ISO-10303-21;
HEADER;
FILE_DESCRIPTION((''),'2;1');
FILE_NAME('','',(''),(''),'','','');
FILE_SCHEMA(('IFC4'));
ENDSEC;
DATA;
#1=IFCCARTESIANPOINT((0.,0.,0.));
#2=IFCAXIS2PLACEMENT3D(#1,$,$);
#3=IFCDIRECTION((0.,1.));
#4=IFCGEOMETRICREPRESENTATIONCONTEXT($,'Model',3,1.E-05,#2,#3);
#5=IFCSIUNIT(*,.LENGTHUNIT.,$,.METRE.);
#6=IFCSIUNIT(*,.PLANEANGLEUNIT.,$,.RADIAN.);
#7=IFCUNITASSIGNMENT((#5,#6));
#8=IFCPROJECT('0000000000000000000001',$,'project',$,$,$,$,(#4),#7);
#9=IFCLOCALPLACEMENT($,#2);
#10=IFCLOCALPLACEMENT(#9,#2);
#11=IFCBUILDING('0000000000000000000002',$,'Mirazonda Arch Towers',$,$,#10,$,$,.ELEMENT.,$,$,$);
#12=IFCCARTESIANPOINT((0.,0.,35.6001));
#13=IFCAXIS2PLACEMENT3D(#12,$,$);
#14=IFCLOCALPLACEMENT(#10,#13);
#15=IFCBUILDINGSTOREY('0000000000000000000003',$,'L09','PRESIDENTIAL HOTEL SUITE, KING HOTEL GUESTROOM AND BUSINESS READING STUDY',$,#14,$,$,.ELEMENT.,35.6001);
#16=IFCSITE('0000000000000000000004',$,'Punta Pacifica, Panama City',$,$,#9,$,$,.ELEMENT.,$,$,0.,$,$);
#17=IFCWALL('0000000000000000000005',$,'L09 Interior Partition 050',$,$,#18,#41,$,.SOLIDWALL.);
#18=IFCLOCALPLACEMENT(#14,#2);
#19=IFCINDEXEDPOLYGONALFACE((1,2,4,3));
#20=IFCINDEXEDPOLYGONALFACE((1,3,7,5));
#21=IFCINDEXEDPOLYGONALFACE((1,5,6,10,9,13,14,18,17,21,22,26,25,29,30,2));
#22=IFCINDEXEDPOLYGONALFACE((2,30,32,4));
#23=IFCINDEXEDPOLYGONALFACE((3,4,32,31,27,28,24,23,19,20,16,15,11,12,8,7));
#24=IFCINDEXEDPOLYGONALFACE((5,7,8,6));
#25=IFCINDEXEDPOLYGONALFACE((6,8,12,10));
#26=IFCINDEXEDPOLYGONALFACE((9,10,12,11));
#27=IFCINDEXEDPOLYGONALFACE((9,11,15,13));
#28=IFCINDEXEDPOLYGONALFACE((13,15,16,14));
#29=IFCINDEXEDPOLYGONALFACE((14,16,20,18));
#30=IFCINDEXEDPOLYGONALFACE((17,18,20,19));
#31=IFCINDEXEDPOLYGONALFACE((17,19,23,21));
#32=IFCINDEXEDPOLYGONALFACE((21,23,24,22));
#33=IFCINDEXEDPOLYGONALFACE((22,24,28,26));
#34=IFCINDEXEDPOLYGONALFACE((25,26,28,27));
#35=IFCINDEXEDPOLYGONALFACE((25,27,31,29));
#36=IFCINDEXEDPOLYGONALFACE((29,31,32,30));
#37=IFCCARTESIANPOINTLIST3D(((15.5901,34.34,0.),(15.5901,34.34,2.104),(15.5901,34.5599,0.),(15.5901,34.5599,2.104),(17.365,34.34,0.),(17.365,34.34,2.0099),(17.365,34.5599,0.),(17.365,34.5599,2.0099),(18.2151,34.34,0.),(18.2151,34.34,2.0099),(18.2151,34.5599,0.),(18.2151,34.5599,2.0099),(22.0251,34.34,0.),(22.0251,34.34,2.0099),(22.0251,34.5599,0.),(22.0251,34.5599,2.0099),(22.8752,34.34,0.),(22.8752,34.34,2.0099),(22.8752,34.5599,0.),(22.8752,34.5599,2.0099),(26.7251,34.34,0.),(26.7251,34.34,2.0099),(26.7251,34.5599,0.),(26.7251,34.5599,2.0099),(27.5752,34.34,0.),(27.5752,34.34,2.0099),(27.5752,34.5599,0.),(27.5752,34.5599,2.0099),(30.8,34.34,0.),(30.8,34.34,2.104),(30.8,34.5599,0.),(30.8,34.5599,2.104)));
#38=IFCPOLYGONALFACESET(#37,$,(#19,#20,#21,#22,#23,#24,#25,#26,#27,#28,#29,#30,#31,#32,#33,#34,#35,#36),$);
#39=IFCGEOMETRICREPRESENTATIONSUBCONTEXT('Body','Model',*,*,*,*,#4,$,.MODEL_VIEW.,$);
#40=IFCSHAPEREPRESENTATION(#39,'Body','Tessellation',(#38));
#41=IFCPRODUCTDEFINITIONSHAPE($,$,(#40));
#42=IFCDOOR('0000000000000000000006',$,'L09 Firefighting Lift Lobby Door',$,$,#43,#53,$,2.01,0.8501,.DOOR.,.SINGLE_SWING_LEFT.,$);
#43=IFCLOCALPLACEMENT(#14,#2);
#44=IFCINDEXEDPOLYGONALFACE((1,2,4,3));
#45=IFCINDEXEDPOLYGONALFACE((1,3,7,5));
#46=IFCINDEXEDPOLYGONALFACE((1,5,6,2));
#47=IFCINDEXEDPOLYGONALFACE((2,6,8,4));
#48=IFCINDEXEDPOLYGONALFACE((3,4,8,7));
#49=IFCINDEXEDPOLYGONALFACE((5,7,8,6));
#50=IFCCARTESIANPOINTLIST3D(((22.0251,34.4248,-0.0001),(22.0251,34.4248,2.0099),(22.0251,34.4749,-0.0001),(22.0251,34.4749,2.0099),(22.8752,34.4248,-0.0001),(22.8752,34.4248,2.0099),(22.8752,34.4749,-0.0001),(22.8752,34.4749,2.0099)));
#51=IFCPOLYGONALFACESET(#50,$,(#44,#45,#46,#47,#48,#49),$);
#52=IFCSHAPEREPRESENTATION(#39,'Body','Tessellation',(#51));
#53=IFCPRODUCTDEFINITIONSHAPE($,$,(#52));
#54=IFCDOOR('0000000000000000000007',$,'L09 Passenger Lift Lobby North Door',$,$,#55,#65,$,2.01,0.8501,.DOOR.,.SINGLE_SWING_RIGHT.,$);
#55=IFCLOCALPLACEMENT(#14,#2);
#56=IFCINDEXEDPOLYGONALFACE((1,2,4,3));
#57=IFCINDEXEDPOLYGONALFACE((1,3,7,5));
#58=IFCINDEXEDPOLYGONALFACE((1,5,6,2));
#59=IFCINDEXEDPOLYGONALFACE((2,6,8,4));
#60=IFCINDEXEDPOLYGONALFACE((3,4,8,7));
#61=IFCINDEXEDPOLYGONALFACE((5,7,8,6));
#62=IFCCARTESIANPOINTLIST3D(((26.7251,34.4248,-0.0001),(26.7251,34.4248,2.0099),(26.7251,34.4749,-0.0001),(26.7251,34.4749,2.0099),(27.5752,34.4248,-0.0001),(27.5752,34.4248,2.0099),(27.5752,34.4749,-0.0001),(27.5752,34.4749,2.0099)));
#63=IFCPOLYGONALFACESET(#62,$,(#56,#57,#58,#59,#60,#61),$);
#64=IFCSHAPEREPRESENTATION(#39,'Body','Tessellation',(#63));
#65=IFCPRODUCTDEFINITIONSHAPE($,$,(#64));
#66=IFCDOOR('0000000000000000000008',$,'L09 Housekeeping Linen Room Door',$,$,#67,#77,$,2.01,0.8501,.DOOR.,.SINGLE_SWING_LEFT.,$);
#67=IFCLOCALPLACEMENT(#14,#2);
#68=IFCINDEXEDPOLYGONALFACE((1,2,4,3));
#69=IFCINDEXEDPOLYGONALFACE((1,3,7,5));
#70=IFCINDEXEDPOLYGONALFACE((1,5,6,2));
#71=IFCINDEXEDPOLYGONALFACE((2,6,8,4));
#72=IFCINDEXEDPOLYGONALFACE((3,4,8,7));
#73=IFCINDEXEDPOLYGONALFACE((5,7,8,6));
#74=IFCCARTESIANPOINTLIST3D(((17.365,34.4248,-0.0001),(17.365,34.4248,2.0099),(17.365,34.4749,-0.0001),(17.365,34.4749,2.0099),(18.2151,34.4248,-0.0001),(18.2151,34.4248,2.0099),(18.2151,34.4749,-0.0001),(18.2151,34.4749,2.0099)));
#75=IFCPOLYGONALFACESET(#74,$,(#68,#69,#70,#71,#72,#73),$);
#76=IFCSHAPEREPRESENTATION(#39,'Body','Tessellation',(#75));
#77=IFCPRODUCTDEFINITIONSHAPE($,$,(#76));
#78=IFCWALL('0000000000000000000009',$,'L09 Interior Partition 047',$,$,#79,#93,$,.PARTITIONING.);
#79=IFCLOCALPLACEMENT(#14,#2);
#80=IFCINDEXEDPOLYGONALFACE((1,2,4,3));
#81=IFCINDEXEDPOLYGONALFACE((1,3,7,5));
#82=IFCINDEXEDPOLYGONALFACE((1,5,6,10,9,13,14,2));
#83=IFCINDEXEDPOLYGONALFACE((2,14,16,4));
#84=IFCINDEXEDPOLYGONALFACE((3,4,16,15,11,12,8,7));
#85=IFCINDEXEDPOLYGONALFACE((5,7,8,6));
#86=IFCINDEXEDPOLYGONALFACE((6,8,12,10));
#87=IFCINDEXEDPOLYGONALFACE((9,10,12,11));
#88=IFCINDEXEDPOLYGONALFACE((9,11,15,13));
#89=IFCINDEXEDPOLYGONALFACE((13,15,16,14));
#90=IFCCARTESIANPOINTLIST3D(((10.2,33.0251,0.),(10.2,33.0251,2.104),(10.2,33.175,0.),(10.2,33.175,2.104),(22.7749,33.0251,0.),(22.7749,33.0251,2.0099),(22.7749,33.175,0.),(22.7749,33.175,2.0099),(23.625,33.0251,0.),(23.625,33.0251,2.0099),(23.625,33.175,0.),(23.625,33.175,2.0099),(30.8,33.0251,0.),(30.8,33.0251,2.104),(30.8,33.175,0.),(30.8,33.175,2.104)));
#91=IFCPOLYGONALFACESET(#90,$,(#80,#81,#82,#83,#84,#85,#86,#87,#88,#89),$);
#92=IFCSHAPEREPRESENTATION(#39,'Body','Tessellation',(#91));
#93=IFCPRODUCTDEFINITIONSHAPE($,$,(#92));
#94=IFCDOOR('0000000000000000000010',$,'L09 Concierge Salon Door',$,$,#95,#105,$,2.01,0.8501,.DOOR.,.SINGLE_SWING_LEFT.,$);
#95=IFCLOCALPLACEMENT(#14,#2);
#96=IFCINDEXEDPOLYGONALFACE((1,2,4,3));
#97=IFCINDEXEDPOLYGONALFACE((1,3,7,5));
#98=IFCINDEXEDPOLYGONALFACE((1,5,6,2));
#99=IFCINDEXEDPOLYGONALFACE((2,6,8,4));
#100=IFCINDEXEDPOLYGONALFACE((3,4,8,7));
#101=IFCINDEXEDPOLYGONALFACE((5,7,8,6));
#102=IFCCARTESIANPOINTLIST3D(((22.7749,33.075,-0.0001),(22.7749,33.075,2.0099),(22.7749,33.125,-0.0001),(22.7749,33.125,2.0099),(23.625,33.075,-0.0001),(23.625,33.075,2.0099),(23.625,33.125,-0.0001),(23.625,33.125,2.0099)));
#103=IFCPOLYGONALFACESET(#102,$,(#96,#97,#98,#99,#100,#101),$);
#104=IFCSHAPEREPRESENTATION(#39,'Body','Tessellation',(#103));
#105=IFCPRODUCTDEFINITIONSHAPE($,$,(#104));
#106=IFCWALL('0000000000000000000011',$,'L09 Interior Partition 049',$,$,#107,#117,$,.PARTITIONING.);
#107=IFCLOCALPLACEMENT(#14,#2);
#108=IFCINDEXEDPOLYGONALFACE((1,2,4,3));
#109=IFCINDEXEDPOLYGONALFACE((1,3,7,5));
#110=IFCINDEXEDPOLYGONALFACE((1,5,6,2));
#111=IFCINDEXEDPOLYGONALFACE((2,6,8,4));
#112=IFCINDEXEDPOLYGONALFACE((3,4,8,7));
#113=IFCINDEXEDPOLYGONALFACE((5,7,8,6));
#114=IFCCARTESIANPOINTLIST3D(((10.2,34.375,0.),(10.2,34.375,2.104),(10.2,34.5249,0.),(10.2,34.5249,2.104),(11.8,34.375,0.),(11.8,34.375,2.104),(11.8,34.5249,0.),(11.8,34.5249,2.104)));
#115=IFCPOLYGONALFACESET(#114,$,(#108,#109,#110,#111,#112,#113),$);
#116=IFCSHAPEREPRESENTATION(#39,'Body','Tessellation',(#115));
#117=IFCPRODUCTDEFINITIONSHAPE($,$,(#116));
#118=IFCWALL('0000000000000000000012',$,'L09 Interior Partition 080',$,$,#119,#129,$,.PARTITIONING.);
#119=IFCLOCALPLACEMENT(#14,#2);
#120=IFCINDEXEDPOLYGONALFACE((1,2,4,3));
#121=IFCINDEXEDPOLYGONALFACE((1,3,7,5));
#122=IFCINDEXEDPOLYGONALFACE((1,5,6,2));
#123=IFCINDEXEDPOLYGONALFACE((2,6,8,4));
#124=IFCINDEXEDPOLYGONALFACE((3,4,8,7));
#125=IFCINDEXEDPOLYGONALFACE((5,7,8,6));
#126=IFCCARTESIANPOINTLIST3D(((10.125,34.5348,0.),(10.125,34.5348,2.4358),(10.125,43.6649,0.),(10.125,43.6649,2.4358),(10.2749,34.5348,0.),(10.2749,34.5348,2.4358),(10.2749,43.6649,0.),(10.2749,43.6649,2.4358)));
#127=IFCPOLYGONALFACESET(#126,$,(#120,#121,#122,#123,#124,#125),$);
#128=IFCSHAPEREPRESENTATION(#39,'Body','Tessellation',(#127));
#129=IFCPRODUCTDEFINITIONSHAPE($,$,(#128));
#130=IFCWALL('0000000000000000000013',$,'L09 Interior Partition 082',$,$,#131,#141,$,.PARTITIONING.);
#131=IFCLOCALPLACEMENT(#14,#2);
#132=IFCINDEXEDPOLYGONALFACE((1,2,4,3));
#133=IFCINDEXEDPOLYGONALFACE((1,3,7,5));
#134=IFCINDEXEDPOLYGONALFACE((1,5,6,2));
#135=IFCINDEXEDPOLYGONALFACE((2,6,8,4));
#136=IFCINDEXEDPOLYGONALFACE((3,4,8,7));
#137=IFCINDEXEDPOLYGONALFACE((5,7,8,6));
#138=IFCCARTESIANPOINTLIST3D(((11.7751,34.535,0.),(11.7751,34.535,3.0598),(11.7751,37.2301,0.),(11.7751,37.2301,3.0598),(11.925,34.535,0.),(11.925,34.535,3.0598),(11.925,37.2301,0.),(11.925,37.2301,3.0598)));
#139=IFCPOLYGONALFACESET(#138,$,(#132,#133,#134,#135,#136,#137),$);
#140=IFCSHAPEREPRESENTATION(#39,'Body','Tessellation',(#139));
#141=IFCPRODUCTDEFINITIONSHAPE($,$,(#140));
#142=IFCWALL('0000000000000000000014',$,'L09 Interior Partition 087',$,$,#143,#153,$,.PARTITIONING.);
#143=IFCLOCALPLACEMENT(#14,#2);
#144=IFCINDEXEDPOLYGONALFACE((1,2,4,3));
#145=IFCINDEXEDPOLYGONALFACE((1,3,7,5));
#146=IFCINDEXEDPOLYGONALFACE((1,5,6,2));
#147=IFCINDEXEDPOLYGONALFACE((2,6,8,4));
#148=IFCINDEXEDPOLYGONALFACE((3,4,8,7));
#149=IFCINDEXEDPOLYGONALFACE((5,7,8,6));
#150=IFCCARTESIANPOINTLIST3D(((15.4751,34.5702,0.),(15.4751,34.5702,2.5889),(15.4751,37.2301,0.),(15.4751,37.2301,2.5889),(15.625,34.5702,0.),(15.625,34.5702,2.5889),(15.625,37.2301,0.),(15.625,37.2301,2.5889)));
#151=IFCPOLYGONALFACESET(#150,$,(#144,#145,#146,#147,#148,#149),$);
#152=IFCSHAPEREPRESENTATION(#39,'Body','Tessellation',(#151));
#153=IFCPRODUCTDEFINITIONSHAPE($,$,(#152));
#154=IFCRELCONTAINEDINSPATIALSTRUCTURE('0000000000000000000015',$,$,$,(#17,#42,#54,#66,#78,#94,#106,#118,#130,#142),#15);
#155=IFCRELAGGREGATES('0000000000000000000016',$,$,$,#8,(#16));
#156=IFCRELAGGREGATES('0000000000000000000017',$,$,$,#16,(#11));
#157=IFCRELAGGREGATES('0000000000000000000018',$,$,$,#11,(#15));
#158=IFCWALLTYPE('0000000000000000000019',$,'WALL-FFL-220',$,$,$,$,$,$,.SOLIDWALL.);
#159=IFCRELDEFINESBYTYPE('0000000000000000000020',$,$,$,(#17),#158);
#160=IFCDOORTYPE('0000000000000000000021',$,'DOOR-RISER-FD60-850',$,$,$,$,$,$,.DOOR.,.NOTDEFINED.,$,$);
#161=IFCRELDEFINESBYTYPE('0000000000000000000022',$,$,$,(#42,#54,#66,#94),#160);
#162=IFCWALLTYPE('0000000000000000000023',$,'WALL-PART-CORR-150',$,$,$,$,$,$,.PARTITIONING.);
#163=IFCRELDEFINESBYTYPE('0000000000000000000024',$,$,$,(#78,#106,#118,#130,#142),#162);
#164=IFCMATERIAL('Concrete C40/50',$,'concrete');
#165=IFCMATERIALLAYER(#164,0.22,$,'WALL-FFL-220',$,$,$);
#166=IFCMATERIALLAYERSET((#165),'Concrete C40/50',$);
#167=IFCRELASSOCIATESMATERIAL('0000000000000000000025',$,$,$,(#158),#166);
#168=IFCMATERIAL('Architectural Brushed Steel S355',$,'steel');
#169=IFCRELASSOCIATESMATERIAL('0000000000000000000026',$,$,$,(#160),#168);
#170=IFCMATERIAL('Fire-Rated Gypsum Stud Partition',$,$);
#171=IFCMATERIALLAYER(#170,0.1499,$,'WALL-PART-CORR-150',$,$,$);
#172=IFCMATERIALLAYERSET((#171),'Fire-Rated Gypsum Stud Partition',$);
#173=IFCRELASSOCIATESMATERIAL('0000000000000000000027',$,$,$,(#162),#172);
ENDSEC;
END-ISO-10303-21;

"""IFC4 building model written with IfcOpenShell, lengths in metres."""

from ifc_helpers import new_model, si_unit, direction, frame, frame_2d, origin, place, context, subcontext, project, spatial, rectangle, extrude, material, layer, layer_set, type_object, element, fill, save


model = new_model("IFC4")

# Units and contexts
model_context = context("Model", 3, precision=1e-05, world=origin(), true_north=direction((0.0, 1.0)))
body_context = subcontext(model_context, "Body", "Model", "MODEL_VIEW")
ifc_project = project(units=[si_unit("LENGTHUNIT", "METRE"), si_unit("PLANEANGLEUNIT", "RADIAN")], contexts=[model_context])

# Site, building, storey
site_placement = place(None, origin())
site = spatial("IfcSite", under=ifc_project, at=site_placement, Name="Punta Pacifica, Panama City", CompositionType="ELEMENT", RefElevation=0.0)
building_placement = place(site_placement, origin())
building = spatial("IfcBuilding", under=site, at=building_placement, Name="Mirazonda Arch Towers", CompositionType="ELEMENT")
storey_placement = place(building_placement, frame((0.0, 0.0, 35.6001)))
storey = spatial("IfcBuildingStorey", under=building, at=storey_placement, Name="L09", Description="PRESIDENTIAL HOTEL SUITE, KING HOTEL GUESTROOM AND BUSINESS READING STUDY", CompositionType="ELEMENT", Elevation=35.6001)

# Wall, openings, doors
ifc_material_1 = material(Name="Architectural Brushed Steel S355", Category="steel")
ifc_material_2 = material(Name="Concrete C40/50", Category="concrete")
ifc_layer_1 = layer(ifc_material_2, 0.22, Name="WALL-FFL-220")
ifc_layer_set_1 = layer_set([ifc_layer_1], Name="Concrete C40/50")
wall_type_1 = type_object("IfcWallType", Name="WALL-FFL-220", PredefinedType="SOLIDWALL", material=ifc_layer_set_1)
wall_1_placement = place(storey_placement, frame((15.5901, 34.45, 0.0), z_axis=(0.0, 0.0, 1.0), x_axis=(1.0, 0.0, 0.0)))
wall_1 = element("IfcWall", 1, at=wall_1_placement, inside=storey, type_object=wall_type_1, Name="L09 Interior Partition 050", PredefinedType="SOLIDWALL", context=body_context, shape_type="SweptSolid", body=[
    extrude(rectangle(XDim=15.21, YDim=0.22, at=frame_2d((7.605, 0.0))), origin(), (0.0, 0.0, 1.0), 2.104),
])
opening_1_placement = place(wall_1_placement, frame((6.4351, 0.0, 0.0)))
opening_1 = element("IfcOpeningElement", 2, at=opening_1_placement, cuts=wall_1, PredefinedType="OPENING", context=body_context, shape_type="SweptSolid", body=[
    extrude(rectangle(XDim=0.8501, YDim=2.01, at=frame_2d((0.425, 1.0049))), frame((0.0, 0.1199, 0.0), z_axis=(0.0, -1.0, 0.0), x_axis=(1.0, 0.0, 0.0)), (0.0, 0.0, 1.0), 0.24),
])
opening_2_placement = place(wall_1_placement, frame((11.135, 0.0, 0.0)))
opening_2 = element("IfcOpeningElement", 3, at=opening_2_placement, cuts=wall_1, PredefinedType="OPENING", context=body_context, shape_type="SweptSolid", body=[
    extrude(rectangle(XDim=0.8501, YDim=2.01, at=frame_2d((0.425, 1.0049))), frame((0.0, 0.1199, 0.0), z_axis=(0.0, -1.0, 0.0), x_axis=(1.0, 0.0, 0.0)), (0.0, 0.0, 1.0), 0.24),
])
opening_3_placement = place(wall_1_placement, frame((1.7749, 0.0, 0.0)))
opening_3 = element("IfcOpeningElement", 4, at=opening_3_placement, cuts=wall_1, PredefinedType="OPENING", context=body_context, shape_type="SweptSolid", body=[
    extrude(rectangle(XDim=0.8501, YDim=2.01, at=frame_2d((0.425, 1.0049))), frame((0.0, 0.1199, 0.0), z_axis=(0.0, -1.0, 0.0), x_axis=(1.0, 0.0, 0.0)), (0.0, 0.0, 1.0), 0.24),
])
door_type_1 = type_object("IfcDoorType", Name="DOOR-RISER-FD60-850", OperationType="NOTDEFINED", PredefinedType="DOOR", material=ifc_material_1)
door_1_placement = place(opening_1_placement, origin())
door_1 = element("IfcDoor", 5, at=door_1_placement, inside=storey, type_object=door_type_1, Name="L09 Firefighting Lift Lobby Door", OperationType="SINGLE_SWING_LEFT", OverallHeight=2.01, OverallWidth=0.8501, PredefinedType="DOOR", context=body_context, shape_type="SweptSolid", body=[
    extrude(rectangle(XDim=0.8501, YDim=2.01, at=frame_2d((0.425, 1.0049))), frame((0.0, 0.0249, 0.0), z_axis=(0.0, -1.0, 0.0), x_axis=(1.0, 0.0, 0.0)), (0.0, 0.0, 1.0), 0.05),
])
fill(opening_1, door_1)
door_2_placement = place(opening_2_placement, origin())
door_2 = element("IfcDoor", 6, at=door_2_placement, inside=storey, type_object=door_type_1, Name="L09 Passenger Lift Lobby North Door", OperationType="SINGLE_SWING_RIGHT", OverallHeight=2.01, OverallWidth=0.8501, PredefinedType="DOOR", context=body_context, shape_type="SweptSolid", body=[
    extrude(rectangle(XDim=0.8501, YDim=2.01, at=frame_2d((0.425, 1.0049))), frame((0.0, 0.0249, 0.0), z_axis=(0.0, -1.0, 0.0), x_axis=(1.0, 0.0, 0.0)), (0.0, 0.0, 1.0), 0.05),
])
fill(opening_2, door_2)
door_3_placement = place(opening_3_placement, origin())
door_3 = element("IfcDoor", 7, at=door_3_placement, inside=storey, type_object=door_type_1, Name="L09 Housekeeping Linen Room Door", OperationType="SINGLE_SWING_LEFT", OverallHeight=2.01, OverallWidth=0.8501, PredefinedType="DOOR", context=body_context, shape_type="SweptSolid", body=[
    extrude(rectangle(XDim=0.8501, YDim=2.01, at=frame_2d((0.425, 1.0049))), frame((0.0, 0.0249, 0.0), z_axis=(0.0, -1.0, 0.0), x_axis=(1.0, 0.0, 0.0)), (0.0, 0.0, 1.0), 0.05),
])
fill(opening_3, door_3)

# Wall, opening, door
ifc_material_3 = material(Name="Fire-Rated Gypsum Stud Partition")
ifc_layer_2 = layer(ifc_material_3, 0.1499, Name="WALL-PART-CORR-150")
ifc_layer_set_2 = layer_set([ifc_layer_2], Name="Fire-Rated Gypsum Stud Partition")
wall_type_2 = type_object("IfcWallType", Name="WALL-PART-CORR-150", PredefinedType="PARTITIONING", material=ifc_layer_set_2)
wall_2_placement = place(storey_placement, frame((10.2, 33.1001, 0.0), z_axis=(0.0, 0.0, 1.0), x_axis=(1.0, 0.0, 0.0)))
wall_2 = element("IfcWall", 8, at=wall_2_placement, inside=storey, type_object=wall_type_2, Name="L09 Interior Partition 047", PredefinedType="PARTITIONING", context=body_context, shape_type="SweptSolid", body=[
    extrude(rectangle(XDim=20.6001, YDim=0.1499, at=frame_2d((10.3, 0.0))), origin(), (0.0, 0.0, 1.0), 2.104),
])
opening_4_placement = place(wall_2_placement, frame((12.575, 0.0, 0.0)))
opening_4 = element("IfcOpeningElement", 9, at=opening_4_placement, cuts=wall_2, PredefinedType="OPENING", context=body_context, shape_type="SweptSolid", body=[
    extrude(rectangle(XDim=0.8501, YDim=2.01, at=frame_2d((0.425, 1.0049))), frame((0.0, 0.085, 0.0), z_axis=(0.0, -1.0, 0.0), x_axis=(1.0, 0.0, 0.0)), (0.0, 0.0, 1.0), 0.1699),
])
door_4_placement = place(opening_4_placement, origin())
door_4 = element("IfcDoor", 10, at=door_4_placement, inside=storey, type_object=door_type_1, Name="L09 Concierge Salon Door", OperationType="SINGLE_SWING_LEFT", OverallHeight=2.01, OverallWidth=0.8501, PredefinedType="DOOR", context=body_context, shape_type="SweptSolid", body=[
    extrude(rectangle(XDim=0.8501, YDim=2.01, at=frame_2d((0.425, 1.0049))), frame((0.0, 0.0249, 0.0), z_axis=(0.0, -1.0, 0.0), x_axis=(1.0, 0.0, 0.0)), (0.0, 0.0, 1.0), 0.05),
])
fill(opening_4, door_4)

# Walls
wall_3_placement = place(storey_placement, frame((10.2, 34.45, 0.0), z_axis=(0.0, 0.0, 1.0), x_axis=(1.0, 0.0, 0.0)))
element("IfcWall", 11, at=wall_3_placement, inside=storey, type_object=wall_type_2, Name="L09 Interior Partition 049", PredefinedType="PARTITIONING", context=body_context, shape_type="SweptSolid", body=[
    extrude(rectangle(XDim=1.6001, YDim=0.1499, at=frame_2d((0.8, 0.0))), origin(), (0.0, 0.0, 1.0), 2.104),
])
wall_4_placement = place(storey_placement, frame((10.2, 34.5349, 0.0), z_axis=(0.0, 0.0, 1.0), x_axis=(0.0, 1.0, 0.0)))
element("IfcWall", 12, at=wall_4_placement, inside=storey, type_object=wall_type_2, Name="L09 Interior Partition 080", PredefinedType="PARTITIONING", context=body_context, shape_type="SweptSolid", body=[
    extrude(rectangle(XDim=9.1301, YDim=0.1499, at=frame_2d((4.5649, 0.0))), origin(), (0.0, 0.0, 1.0), 2.4358),
])
wall_5_placement = place(storey_placement, frame((11.8501, 34.5349, 0.0), z_axis=(0.0, 0.0, 1.0), x_axis=(0.0, 1.0, 0.0)))
element("IfcWall", 13, at=wall_5_placement, inside=storey, type_object=wall_type_2, Name="L09 Interior Partition 082", PredefinedType="PARTITIONING", context=body_context, shape_type="SweptSolid", body=[
    extrude(rectangle(XDim=2.6951, YDim=0.1499, at=frame_2d((1.3477, 0.0))), origin(), (0.0, 0.0, 1.0), 3.0598),
])
wall_6_placement = place(storey_placement, frame((15.55, 34.5701, 0.0), z_axis=(0.0, 0.0, 1.0), x_axis=(0.0, 1.0, 0.0)))
element("IfcWall", 14, at=wall_6_placement, inside=storey, type_object=wall_type_2, Name="L09 Interior Partition 087", PredefinedType="PARTITIONING", context=body_context, shape_type="SweptSolid", body=[
    extrude(rectangle(XDim=2.6599, YDim=0.1499, at=frame_2d((1.3301, 0.0))), origin(), (0.0, 0.0, 1.0), 2.5889),
])

save(model, "model.ifc")
